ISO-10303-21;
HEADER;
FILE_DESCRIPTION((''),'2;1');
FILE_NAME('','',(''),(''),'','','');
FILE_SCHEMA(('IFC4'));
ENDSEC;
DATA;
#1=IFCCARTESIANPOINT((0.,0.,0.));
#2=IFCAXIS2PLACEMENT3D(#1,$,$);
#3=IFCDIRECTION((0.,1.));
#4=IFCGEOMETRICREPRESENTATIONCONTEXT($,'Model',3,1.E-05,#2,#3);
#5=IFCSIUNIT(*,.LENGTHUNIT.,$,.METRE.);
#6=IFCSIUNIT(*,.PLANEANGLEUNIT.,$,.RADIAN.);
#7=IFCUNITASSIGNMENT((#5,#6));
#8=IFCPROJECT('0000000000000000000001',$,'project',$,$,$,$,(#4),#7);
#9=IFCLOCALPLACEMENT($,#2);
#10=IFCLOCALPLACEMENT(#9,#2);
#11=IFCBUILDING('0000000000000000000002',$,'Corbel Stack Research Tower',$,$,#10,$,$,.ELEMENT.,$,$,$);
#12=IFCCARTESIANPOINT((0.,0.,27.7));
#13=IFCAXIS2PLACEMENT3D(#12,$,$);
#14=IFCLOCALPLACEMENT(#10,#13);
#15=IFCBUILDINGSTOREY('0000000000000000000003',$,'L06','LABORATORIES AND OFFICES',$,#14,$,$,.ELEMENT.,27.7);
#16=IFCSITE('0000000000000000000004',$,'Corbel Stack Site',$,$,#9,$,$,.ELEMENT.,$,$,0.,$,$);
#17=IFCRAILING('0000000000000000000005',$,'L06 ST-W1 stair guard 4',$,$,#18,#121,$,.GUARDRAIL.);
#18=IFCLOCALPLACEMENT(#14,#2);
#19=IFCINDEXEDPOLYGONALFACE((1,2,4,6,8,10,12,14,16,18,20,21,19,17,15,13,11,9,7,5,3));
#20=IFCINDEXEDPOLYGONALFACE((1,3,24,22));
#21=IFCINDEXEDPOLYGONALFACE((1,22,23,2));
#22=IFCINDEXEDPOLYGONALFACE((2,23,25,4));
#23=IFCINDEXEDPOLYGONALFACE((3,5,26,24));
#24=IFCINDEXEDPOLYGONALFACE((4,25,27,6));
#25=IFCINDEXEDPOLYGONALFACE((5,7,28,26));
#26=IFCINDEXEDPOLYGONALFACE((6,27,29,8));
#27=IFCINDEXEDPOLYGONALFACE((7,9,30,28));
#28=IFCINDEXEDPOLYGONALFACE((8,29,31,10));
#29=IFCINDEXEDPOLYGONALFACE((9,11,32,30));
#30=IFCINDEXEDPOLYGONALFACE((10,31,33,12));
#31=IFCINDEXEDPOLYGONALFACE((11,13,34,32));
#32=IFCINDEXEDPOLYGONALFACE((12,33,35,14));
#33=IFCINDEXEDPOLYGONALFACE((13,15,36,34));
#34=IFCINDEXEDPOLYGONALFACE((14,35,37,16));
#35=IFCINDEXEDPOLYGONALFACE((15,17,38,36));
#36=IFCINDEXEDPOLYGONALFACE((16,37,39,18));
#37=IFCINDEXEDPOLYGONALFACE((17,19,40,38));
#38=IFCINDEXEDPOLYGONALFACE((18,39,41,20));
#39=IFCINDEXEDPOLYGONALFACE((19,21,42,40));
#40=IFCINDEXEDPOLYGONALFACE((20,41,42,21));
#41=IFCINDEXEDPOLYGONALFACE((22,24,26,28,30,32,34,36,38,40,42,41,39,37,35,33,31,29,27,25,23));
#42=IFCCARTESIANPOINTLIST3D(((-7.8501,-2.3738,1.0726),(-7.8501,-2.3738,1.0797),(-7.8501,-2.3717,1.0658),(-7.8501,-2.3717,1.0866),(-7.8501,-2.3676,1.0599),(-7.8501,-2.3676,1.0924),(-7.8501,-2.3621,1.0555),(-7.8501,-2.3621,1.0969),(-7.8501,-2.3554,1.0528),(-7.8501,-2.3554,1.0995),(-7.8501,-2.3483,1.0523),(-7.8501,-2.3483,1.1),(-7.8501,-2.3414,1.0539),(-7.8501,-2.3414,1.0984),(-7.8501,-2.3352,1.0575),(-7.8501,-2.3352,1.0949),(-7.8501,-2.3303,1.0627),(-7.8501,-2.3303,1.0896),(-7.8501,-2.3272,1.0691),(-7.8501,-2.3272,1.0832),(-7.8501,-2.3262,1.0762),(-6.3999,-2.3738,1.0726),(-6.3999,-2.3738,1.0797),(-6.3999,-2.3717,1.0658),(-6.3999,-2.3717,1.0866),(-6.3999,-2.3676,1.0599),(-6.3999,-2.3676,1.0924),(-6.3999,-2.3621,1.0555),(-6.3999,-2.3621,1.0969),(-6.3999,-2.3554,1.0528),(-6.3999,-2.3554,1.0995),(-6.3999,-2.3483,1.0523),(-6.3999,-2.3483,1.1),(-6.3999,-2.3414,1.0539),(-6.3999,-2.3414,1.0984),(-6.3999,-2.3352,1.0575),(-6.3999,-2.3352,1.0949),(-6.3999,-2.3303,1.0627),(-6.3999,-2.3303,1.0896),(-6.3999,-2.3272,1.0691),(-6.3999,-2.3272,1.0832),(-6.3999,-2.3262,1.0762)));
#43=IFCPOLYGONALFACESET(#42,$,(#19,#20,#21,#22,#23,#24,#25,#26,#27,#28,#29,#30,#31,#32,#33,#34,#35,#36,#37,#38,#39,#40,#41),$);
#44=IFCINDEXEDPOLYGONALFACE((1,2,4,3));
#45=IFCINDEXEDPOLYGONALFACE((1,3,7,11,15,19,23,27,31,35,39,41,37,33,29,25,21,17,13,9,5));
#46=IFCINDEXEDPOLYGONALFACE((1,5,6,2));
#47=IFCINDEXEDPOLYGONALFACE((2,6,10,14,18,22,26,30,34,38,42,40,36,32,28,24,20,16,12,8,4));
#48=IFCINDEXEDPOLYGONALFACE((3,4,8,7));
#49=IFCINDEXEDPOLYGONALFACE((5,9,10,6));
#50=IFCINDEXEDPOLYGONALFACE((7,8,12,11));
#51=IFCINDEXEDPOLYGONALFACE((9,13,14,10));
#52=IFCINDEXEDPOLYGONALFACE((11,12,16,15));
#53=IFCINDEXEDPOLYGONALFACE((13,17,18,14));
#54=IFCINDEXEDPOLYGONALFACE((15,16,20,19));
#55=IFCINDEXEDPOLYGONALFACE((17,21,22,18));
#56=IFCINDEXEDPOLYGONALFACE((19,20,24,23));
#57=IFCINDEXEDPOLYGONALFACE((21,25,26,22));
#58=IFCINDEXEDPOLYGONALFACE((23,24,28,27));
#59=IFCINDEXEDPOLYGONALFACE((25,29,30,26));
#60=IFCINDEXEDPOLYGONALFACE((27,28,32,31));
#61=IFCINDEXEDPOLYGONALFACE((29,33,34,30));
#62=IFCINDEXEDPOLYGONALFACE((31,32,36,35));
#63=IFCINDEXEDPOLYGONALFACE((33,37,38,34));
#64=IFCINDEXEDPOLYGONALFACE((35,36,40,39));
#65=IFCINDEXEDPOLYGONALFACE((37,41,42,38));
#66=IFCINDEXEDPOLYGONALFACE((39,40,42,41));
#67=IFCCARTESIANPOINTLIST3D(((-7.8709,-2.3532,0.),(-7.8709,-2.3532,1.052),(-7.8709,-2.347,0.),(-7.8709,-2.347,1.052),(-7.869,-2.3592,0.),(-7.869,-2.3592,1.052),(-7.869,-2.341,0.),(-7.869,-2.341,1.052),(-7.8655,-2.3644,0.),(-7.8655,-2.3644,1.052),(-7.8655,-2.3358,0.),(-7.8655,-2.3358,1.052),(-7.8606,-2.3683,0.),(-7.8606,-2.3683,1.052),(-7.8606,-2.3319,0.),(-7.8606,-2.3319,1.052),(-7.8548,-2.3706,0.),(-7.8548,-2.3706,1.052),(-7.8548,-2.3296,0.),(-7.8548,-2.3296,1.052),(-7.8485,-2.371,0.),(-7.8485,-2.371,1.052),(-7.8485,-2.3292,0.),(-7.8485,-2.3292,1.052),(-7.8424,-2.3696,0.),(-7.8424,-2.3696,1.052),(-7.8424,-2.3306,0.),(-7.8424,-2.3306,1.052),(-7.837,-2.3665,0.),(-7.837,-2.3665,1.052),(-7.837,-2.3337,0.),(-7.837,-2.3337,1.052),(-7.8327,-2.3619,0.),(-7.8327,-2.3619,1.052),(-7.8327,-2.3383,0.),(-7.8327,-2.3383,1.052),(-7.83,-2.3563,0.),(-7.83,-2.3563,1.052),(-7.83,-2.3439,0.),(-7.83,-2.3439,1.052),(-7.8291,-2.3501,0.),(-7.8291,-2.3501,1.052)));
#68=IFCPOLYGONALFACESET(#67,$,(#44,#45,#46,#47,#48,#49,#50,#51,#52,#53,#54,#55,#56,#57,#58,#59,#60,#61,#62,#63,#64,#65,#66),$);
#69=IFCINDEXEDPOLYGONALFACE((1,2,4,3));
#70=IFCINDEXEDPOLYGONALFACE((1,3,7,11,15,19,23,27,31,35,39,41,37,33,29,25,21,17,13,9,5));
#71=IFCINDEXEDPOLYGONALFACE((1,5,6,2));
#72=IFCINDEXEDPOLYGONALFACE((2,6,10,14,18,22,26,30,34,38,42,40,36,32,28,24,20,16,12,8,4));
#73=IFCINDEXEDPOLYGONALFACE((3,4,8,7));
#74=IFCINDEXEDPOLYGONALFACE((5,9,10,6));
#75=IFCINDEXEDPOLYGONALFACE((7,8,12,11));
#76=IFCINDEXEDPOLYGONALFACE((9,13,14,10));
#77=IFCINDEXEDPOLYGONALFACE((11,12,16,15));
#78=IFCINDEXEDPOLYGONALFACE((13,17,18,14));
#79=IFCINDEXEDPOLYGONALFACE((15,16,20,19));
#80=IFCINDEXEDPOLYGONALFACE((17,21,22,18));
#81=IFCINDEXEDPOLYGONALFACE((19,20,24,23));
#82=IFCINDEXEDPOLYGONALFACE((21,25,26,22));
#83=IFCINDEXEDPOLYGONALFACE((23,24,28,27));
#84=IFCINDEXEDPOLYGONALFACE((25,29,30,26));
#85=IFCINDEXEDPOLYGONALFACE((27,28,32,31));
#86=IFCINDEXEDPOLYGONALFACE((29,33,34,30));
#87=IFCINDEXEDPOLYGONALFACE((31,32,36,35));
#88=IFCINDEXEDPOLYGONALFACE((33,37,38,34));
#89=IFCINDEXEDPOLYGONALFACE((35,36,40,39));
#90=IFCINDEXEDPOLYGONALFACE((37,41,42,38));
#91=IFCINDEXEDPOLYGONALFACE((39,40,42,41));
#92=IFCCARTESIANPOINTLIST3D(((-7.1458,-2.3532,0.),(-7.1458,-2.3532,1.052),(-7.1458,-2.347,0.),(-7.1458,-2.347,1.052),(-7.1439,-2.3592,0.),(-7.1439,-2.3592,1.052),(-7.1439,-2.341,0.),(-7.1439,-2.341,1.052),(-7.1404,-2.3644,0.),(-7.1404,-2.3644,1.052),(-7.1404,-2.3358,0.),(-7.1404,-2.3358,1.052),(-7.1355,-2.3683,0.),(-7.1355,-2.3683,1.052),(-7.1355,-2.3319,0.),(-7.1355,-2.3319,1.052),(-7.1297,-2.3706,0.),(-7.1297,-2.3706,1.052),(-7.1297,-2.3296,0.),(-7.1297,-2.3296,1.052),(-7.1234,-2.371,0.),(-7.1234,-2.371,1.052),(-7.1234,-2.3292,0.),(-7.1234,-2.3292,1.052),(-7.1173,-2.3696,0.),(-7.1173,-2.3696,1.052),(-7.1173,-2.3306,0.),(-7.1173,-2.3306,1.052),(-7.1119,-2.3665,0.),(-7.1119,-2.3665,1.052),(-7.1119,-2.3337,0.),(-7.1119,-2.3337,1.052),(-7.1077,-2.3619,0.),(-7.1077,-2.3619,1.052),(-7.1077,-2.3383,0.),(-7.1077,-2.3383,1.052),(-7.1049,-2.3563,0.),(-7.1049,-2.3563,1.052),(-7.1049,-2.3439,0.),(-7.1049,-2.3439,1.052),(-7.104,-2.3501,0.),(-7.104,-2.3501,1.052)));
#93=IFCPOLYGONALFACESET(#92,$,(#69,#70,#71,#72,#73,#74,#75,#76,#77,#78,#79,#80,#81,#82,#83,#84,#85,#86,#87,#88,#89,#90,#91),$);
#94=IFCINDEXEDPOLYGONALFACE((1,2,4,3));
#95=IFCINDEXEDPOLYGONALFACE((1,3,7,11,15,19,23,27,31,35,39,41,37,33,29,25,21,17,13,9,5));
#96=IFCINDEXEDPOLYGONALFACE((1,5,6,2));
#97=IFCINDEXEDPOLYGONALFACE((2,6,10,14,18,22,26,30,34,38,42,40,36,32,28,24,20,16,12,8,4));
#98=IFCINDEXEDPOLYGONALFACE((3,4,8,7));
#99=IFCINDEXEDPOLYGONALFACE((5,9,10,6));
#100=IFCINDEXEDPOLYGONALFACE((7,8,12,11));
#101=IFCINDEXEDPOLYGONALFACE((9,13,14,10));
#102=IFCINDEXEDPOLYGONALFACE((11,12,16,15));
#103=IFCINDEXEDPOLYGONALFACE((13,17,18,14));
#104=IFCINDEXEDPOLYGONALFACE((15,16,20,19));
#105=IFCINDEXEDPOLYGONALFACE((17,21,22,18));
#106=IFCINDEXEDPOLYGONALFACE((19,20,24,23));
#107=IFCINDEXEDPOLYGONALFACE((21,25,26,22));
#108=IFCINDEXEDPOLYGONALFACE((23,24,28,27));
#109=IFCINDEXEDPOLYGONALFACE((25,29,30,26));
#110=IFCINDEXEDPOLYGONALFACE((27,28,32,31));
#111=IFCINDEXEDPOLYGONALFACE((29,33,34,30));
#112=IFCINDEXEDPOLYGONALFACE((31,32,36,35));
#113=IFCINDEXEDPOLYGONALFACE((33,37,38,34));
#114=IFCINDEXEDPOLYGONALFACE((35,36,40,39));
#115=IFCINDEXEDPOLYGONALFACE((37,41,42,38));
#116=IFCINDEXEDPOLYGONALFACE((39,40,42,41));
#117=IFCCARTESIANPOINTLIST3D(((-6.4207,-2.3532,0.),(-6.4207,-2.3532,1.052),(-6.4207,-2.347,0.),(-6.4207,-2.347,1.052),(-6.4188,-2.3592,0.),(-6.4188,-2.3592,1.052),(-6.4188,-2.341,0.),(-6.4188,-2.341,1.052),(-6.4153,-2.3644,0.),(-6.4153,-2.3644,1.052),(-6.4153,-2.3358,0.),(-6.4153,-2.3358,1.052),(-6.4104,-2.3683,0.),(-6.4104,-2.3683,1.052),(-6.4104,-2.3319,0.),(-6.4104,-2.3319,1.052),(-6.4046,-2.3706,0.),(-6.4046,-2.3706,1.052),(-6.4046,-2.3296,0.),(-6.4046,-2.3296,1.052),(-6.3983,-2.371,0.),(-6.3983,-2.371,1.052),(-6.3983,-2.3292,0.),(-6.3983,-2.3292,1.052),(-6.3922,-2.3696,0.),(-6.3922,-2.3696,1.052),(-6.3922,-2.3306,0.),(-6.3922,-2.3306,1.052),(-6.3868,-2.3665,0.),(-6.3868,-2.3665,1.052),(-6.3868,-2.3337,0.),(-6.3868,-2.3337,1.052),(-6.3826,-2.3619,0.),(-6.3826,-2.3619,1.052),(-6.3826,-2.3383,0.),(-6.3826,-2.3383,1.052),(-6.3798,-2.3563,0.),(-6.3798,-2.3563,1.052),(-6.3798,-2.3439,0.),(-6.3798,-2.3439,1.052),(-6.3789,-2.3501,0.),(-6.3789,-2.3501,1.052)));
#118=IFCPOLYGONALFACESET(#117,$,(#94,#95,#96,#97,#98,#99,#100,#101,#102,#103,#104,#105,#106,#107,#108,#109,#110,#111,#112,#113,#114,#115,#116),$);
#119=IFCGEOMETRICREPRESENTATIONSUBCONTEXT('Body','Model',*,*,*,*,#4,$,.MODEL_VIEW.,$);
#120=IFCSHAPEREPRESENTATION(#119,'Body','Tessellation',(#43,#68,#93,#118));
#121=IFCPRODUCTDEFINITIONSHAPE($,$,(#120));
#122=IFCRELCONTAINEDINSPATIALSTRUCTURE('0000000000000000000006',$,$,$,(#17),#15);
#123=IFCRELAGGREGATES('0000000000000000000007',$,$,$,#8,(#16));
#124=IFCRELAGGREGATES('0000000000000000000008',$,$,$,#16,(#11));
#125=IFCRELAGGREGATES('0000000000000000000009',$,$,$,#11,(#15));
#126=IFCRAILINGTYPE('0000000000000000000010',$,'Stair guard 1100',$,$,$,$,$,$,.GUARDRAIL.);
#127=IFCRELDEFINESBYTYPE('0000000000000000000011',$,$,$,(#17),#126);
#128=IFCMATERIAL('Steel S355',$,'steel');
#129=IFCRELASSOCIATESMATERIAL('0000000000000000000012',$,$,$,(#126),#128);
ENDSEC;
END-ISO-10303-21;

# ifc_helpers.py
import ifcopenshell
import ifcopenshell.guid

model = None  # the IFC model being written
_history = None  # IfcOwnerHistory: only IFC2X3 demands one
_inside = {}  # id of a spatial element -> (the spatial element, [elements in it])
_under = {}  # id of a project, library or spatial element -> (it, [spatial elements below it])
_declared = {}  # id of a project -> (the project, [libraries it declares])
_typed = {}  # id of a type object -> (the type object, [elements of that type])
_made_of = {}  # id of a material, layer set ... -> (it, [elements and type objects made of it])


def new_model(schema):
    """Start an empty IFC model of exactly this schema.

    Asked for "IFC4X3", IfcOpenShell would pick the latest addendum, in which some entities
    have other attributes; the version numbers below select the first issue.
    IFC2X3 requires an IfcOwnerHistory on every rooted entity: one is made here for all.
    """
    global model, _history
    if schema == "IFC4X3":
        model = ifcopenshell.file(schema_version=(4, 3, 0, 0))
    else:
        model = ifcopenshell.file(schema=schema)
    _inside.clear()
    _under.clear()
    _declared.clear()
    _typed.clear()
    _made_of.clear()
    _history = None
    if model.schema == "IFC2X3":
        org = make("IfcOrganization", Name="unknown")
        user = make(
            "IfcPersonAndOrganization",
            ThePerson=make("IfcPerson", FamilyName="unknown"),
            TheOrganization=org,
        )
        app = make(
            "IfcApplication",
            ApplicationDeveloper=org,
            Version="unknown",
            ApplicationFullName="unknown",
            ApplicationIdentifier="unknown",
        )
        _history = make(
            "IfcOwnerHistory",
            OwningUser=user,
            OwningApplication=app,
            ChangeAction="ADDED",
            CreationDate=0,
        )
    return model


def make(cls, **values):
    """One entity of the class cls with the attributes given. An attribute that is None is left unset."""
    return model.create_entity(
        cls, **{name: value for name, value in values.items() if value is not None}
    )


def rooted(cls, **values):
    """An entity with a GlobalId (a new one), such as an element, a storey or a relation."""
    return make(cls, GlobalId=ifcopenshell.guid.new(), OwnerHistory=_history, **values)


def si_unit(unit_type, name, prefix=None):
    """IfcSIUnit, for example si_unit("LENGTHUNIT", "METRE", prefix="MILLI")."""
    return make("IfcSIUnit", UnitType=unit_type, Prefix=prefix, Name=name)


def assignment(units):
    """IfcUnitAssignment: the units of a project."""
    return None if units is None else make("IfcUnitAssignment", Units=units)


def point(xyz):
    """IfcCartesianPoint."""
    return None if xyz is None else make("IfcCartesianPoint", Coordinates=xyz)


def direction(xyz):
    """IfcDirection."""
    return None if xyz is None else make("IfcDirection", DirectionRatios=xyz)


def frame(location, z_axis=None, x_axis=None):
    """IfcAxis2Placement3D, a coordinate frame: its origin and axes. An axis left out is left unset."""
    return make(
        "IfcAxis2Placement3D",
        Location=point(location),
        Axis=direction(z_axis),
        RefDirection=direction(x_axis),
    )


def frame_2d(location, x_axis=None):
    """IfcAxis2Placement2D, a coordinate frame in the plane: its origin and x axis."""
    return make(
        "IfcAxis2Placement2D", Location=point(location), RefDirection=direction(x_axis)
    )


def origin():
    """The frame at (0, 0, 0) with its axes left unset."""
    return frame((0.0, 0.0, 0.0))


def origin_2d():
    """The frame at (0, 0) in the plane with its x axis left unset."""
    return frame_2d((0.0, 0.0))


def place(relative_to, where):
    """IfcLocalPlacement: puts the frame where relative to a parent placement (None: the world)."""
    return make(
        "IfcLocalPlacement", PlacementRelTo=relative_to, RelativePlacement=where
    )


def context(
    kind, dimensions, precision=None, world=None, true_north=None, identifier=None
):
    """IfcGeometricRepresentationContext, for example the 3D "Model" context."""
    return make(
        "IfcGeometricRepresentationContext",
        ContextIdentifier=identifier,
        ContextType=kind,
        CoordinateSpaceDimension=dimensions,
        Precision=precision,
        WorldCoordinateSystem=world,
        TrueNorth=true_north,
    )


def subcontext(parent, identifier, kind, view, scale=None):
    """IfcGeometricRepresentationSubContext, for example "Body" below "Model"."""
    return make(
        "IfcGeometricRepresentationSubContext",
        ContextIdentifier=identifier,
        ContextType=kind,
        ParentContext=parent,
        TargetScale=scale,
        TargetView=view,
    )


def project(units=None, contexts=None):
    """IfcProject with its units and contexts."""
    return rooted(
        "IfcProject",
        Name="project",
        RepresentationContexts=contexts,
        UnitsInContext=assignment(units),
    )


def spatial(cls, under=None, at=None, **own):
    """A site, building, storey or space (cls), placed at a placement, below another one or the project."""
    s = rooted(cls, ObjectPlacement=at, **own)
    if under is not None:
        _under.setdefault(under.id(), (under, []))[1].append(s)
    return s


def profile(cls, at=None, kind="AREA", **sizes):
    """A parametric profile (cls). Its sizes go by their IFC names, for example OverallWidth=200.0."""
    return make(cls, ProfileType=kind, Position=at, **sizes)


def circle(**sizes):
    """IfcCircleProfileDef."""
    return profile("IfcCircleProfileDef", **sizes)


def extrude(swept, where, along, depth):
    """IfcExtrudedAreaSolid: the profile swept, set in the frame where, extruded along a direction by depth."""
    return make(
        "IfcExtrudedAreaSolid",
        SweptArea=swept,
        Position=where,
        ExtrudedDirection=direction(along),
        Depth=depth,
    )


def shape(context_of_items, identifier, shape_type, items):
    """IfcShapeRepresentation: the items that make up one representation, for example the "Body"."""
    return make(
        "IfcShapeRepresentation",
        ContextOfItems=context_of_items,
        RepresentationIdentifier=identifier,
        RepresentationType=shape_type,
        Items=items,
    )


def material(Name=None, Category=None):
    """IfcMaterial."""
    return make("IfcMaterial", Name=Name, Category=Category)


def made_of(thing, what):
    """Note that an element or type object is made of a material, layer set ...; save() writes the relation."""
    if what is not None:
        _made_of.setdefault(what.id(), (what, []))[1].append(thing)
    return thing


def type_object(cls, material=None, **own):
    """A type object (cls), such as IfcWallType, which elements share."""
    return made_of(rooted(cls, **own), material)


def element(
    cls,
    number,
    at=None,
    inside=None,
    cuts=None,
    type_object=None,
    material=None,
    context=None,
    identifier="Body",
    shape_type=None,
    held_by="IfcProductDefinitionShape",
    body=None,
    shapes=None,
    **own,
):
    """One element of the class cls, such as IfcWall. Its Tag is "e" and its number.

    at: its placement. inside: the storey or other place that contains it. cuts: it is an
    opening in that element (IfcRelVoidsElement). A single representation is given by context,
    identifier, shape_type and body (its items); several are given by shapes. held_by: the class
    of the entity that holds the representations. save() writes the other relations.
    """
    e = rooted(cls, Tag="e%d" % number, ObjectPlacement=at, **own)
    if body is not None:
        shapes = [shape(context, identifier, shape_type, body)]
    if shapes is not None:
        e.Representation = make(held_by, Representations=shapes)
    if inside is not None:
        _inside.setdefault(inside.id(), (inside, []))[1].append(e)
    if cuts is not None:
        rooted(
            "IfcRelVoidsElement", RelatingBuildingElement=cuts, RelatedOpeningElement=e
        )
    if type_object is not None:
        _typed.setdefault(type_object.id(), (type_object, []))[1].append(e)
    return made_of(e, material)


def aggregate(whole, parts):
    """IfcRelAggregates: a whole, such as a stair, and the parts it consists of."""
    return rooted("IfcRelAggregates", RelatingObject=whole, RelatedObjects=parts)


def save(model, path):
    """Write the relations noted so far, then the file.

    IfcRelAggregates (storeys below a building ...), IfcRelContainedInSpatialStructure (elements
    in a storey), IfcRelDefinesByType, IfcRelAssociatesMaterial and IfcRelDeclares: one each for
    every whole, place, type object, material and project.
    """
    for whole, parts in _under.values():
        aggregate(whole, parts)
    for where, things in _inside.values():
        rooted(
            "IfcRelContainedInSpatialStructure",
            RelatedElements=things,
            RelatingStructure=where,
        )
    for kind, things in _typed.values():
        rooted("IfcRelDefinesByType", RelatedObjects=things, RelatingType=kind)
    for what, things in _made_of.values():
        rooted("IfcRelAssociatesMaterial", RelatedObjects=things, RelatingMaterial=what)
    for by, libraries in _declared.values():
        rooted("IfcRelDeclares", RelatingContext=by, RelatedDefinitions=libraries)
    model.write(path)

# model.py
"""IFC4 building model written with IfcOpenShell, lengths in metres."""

from ifc_helpers import new_model, si_unit, direction, frame, origin, origin_2d, place, context, subcontext, project, spatial, circle, extrude, material, type_object, element, save


model = new_model("IFC4")

# Units and contexts
model_context = context("Model", 3, precision=1e-05, world=origin(), true_north=direction((0.0, 1.0)))
body_context = subcontext(model_context, "Body", "Model", "MODEL_VIEW")
ifc_project = project(units=[si_unit("LENGTHUNIT", "METRE"), si_unit("PLANEANGLEUNIT", "RADIAN")], contexts=[model_context])

# Site, building, storey
site_placement = place(None, origin())
site = spatial("IfcSite", under=ifc_project, at=site_placement, Name="Corbel Stack Site", CompositionType="ELEMENT", RefElevation=0.0)
building_placement = place(site_placement, origin())
building = spatial("IfcBuilding", under=site, at=building_placement, Name="Corbel Stack Research Tower", CompositionType="ELEMENT")
storey_placement = place(building_placement, frame((0.0, 0.0, 27.7)))
storey = spatial("IfcBuildingStorey", under=building, at=storey_placement, Name="L06", Description="LABORATORIES AND OFFICES", CompositionType="ELEMENT", Elevation=27.7)

# Railing
ifc_material_1 = material(Name="Steel S355", Category="steel")
railing_type_1 = type_object("IfcRailingType", Name="Stair guard 1100", PredefinedType="GUARDRAIL", material=ifc_material_1)
railing_1_placement = place(storey_placement, frame((-7.8501, -2.3501, 0.0)))
element("IfcRailing", 1, at=railing_1_placement, inside=storey, type_object=railing_type_1, Name="L06 ST-W1 stair guard 4", PredefinedType="GUARDRAIL", context=body_context, shape_type="SweptSolid", body=[
    extrude(circle(Radius=0.0239, at=origin_2d()), frame((0.0, 0.0, 1.0762), z_axis=(1.0, 0.0, 0.0), x_axis=(0.0, 1.0, 0.0)), (0.0, 0.0, 1.0), 1.4502),
    extrude(circle(Radius=0.021, at=origin_2d()), origin(), (0.0, 0.0, 1.0), 1.052),
    extrude(circle(Radius=0.021, at=origin_2d()), frame((0.7251, 0.0, 0.0)), (0.0, 0.0, 1.0), 1.052),
    extrude(circle(Radius=0.021, at=origin_2d()), frame((1.4502, 0.0, 0.0)), (0.0, 0.0, 1.0), 1.052),
])

save(model, "model.ifc")
